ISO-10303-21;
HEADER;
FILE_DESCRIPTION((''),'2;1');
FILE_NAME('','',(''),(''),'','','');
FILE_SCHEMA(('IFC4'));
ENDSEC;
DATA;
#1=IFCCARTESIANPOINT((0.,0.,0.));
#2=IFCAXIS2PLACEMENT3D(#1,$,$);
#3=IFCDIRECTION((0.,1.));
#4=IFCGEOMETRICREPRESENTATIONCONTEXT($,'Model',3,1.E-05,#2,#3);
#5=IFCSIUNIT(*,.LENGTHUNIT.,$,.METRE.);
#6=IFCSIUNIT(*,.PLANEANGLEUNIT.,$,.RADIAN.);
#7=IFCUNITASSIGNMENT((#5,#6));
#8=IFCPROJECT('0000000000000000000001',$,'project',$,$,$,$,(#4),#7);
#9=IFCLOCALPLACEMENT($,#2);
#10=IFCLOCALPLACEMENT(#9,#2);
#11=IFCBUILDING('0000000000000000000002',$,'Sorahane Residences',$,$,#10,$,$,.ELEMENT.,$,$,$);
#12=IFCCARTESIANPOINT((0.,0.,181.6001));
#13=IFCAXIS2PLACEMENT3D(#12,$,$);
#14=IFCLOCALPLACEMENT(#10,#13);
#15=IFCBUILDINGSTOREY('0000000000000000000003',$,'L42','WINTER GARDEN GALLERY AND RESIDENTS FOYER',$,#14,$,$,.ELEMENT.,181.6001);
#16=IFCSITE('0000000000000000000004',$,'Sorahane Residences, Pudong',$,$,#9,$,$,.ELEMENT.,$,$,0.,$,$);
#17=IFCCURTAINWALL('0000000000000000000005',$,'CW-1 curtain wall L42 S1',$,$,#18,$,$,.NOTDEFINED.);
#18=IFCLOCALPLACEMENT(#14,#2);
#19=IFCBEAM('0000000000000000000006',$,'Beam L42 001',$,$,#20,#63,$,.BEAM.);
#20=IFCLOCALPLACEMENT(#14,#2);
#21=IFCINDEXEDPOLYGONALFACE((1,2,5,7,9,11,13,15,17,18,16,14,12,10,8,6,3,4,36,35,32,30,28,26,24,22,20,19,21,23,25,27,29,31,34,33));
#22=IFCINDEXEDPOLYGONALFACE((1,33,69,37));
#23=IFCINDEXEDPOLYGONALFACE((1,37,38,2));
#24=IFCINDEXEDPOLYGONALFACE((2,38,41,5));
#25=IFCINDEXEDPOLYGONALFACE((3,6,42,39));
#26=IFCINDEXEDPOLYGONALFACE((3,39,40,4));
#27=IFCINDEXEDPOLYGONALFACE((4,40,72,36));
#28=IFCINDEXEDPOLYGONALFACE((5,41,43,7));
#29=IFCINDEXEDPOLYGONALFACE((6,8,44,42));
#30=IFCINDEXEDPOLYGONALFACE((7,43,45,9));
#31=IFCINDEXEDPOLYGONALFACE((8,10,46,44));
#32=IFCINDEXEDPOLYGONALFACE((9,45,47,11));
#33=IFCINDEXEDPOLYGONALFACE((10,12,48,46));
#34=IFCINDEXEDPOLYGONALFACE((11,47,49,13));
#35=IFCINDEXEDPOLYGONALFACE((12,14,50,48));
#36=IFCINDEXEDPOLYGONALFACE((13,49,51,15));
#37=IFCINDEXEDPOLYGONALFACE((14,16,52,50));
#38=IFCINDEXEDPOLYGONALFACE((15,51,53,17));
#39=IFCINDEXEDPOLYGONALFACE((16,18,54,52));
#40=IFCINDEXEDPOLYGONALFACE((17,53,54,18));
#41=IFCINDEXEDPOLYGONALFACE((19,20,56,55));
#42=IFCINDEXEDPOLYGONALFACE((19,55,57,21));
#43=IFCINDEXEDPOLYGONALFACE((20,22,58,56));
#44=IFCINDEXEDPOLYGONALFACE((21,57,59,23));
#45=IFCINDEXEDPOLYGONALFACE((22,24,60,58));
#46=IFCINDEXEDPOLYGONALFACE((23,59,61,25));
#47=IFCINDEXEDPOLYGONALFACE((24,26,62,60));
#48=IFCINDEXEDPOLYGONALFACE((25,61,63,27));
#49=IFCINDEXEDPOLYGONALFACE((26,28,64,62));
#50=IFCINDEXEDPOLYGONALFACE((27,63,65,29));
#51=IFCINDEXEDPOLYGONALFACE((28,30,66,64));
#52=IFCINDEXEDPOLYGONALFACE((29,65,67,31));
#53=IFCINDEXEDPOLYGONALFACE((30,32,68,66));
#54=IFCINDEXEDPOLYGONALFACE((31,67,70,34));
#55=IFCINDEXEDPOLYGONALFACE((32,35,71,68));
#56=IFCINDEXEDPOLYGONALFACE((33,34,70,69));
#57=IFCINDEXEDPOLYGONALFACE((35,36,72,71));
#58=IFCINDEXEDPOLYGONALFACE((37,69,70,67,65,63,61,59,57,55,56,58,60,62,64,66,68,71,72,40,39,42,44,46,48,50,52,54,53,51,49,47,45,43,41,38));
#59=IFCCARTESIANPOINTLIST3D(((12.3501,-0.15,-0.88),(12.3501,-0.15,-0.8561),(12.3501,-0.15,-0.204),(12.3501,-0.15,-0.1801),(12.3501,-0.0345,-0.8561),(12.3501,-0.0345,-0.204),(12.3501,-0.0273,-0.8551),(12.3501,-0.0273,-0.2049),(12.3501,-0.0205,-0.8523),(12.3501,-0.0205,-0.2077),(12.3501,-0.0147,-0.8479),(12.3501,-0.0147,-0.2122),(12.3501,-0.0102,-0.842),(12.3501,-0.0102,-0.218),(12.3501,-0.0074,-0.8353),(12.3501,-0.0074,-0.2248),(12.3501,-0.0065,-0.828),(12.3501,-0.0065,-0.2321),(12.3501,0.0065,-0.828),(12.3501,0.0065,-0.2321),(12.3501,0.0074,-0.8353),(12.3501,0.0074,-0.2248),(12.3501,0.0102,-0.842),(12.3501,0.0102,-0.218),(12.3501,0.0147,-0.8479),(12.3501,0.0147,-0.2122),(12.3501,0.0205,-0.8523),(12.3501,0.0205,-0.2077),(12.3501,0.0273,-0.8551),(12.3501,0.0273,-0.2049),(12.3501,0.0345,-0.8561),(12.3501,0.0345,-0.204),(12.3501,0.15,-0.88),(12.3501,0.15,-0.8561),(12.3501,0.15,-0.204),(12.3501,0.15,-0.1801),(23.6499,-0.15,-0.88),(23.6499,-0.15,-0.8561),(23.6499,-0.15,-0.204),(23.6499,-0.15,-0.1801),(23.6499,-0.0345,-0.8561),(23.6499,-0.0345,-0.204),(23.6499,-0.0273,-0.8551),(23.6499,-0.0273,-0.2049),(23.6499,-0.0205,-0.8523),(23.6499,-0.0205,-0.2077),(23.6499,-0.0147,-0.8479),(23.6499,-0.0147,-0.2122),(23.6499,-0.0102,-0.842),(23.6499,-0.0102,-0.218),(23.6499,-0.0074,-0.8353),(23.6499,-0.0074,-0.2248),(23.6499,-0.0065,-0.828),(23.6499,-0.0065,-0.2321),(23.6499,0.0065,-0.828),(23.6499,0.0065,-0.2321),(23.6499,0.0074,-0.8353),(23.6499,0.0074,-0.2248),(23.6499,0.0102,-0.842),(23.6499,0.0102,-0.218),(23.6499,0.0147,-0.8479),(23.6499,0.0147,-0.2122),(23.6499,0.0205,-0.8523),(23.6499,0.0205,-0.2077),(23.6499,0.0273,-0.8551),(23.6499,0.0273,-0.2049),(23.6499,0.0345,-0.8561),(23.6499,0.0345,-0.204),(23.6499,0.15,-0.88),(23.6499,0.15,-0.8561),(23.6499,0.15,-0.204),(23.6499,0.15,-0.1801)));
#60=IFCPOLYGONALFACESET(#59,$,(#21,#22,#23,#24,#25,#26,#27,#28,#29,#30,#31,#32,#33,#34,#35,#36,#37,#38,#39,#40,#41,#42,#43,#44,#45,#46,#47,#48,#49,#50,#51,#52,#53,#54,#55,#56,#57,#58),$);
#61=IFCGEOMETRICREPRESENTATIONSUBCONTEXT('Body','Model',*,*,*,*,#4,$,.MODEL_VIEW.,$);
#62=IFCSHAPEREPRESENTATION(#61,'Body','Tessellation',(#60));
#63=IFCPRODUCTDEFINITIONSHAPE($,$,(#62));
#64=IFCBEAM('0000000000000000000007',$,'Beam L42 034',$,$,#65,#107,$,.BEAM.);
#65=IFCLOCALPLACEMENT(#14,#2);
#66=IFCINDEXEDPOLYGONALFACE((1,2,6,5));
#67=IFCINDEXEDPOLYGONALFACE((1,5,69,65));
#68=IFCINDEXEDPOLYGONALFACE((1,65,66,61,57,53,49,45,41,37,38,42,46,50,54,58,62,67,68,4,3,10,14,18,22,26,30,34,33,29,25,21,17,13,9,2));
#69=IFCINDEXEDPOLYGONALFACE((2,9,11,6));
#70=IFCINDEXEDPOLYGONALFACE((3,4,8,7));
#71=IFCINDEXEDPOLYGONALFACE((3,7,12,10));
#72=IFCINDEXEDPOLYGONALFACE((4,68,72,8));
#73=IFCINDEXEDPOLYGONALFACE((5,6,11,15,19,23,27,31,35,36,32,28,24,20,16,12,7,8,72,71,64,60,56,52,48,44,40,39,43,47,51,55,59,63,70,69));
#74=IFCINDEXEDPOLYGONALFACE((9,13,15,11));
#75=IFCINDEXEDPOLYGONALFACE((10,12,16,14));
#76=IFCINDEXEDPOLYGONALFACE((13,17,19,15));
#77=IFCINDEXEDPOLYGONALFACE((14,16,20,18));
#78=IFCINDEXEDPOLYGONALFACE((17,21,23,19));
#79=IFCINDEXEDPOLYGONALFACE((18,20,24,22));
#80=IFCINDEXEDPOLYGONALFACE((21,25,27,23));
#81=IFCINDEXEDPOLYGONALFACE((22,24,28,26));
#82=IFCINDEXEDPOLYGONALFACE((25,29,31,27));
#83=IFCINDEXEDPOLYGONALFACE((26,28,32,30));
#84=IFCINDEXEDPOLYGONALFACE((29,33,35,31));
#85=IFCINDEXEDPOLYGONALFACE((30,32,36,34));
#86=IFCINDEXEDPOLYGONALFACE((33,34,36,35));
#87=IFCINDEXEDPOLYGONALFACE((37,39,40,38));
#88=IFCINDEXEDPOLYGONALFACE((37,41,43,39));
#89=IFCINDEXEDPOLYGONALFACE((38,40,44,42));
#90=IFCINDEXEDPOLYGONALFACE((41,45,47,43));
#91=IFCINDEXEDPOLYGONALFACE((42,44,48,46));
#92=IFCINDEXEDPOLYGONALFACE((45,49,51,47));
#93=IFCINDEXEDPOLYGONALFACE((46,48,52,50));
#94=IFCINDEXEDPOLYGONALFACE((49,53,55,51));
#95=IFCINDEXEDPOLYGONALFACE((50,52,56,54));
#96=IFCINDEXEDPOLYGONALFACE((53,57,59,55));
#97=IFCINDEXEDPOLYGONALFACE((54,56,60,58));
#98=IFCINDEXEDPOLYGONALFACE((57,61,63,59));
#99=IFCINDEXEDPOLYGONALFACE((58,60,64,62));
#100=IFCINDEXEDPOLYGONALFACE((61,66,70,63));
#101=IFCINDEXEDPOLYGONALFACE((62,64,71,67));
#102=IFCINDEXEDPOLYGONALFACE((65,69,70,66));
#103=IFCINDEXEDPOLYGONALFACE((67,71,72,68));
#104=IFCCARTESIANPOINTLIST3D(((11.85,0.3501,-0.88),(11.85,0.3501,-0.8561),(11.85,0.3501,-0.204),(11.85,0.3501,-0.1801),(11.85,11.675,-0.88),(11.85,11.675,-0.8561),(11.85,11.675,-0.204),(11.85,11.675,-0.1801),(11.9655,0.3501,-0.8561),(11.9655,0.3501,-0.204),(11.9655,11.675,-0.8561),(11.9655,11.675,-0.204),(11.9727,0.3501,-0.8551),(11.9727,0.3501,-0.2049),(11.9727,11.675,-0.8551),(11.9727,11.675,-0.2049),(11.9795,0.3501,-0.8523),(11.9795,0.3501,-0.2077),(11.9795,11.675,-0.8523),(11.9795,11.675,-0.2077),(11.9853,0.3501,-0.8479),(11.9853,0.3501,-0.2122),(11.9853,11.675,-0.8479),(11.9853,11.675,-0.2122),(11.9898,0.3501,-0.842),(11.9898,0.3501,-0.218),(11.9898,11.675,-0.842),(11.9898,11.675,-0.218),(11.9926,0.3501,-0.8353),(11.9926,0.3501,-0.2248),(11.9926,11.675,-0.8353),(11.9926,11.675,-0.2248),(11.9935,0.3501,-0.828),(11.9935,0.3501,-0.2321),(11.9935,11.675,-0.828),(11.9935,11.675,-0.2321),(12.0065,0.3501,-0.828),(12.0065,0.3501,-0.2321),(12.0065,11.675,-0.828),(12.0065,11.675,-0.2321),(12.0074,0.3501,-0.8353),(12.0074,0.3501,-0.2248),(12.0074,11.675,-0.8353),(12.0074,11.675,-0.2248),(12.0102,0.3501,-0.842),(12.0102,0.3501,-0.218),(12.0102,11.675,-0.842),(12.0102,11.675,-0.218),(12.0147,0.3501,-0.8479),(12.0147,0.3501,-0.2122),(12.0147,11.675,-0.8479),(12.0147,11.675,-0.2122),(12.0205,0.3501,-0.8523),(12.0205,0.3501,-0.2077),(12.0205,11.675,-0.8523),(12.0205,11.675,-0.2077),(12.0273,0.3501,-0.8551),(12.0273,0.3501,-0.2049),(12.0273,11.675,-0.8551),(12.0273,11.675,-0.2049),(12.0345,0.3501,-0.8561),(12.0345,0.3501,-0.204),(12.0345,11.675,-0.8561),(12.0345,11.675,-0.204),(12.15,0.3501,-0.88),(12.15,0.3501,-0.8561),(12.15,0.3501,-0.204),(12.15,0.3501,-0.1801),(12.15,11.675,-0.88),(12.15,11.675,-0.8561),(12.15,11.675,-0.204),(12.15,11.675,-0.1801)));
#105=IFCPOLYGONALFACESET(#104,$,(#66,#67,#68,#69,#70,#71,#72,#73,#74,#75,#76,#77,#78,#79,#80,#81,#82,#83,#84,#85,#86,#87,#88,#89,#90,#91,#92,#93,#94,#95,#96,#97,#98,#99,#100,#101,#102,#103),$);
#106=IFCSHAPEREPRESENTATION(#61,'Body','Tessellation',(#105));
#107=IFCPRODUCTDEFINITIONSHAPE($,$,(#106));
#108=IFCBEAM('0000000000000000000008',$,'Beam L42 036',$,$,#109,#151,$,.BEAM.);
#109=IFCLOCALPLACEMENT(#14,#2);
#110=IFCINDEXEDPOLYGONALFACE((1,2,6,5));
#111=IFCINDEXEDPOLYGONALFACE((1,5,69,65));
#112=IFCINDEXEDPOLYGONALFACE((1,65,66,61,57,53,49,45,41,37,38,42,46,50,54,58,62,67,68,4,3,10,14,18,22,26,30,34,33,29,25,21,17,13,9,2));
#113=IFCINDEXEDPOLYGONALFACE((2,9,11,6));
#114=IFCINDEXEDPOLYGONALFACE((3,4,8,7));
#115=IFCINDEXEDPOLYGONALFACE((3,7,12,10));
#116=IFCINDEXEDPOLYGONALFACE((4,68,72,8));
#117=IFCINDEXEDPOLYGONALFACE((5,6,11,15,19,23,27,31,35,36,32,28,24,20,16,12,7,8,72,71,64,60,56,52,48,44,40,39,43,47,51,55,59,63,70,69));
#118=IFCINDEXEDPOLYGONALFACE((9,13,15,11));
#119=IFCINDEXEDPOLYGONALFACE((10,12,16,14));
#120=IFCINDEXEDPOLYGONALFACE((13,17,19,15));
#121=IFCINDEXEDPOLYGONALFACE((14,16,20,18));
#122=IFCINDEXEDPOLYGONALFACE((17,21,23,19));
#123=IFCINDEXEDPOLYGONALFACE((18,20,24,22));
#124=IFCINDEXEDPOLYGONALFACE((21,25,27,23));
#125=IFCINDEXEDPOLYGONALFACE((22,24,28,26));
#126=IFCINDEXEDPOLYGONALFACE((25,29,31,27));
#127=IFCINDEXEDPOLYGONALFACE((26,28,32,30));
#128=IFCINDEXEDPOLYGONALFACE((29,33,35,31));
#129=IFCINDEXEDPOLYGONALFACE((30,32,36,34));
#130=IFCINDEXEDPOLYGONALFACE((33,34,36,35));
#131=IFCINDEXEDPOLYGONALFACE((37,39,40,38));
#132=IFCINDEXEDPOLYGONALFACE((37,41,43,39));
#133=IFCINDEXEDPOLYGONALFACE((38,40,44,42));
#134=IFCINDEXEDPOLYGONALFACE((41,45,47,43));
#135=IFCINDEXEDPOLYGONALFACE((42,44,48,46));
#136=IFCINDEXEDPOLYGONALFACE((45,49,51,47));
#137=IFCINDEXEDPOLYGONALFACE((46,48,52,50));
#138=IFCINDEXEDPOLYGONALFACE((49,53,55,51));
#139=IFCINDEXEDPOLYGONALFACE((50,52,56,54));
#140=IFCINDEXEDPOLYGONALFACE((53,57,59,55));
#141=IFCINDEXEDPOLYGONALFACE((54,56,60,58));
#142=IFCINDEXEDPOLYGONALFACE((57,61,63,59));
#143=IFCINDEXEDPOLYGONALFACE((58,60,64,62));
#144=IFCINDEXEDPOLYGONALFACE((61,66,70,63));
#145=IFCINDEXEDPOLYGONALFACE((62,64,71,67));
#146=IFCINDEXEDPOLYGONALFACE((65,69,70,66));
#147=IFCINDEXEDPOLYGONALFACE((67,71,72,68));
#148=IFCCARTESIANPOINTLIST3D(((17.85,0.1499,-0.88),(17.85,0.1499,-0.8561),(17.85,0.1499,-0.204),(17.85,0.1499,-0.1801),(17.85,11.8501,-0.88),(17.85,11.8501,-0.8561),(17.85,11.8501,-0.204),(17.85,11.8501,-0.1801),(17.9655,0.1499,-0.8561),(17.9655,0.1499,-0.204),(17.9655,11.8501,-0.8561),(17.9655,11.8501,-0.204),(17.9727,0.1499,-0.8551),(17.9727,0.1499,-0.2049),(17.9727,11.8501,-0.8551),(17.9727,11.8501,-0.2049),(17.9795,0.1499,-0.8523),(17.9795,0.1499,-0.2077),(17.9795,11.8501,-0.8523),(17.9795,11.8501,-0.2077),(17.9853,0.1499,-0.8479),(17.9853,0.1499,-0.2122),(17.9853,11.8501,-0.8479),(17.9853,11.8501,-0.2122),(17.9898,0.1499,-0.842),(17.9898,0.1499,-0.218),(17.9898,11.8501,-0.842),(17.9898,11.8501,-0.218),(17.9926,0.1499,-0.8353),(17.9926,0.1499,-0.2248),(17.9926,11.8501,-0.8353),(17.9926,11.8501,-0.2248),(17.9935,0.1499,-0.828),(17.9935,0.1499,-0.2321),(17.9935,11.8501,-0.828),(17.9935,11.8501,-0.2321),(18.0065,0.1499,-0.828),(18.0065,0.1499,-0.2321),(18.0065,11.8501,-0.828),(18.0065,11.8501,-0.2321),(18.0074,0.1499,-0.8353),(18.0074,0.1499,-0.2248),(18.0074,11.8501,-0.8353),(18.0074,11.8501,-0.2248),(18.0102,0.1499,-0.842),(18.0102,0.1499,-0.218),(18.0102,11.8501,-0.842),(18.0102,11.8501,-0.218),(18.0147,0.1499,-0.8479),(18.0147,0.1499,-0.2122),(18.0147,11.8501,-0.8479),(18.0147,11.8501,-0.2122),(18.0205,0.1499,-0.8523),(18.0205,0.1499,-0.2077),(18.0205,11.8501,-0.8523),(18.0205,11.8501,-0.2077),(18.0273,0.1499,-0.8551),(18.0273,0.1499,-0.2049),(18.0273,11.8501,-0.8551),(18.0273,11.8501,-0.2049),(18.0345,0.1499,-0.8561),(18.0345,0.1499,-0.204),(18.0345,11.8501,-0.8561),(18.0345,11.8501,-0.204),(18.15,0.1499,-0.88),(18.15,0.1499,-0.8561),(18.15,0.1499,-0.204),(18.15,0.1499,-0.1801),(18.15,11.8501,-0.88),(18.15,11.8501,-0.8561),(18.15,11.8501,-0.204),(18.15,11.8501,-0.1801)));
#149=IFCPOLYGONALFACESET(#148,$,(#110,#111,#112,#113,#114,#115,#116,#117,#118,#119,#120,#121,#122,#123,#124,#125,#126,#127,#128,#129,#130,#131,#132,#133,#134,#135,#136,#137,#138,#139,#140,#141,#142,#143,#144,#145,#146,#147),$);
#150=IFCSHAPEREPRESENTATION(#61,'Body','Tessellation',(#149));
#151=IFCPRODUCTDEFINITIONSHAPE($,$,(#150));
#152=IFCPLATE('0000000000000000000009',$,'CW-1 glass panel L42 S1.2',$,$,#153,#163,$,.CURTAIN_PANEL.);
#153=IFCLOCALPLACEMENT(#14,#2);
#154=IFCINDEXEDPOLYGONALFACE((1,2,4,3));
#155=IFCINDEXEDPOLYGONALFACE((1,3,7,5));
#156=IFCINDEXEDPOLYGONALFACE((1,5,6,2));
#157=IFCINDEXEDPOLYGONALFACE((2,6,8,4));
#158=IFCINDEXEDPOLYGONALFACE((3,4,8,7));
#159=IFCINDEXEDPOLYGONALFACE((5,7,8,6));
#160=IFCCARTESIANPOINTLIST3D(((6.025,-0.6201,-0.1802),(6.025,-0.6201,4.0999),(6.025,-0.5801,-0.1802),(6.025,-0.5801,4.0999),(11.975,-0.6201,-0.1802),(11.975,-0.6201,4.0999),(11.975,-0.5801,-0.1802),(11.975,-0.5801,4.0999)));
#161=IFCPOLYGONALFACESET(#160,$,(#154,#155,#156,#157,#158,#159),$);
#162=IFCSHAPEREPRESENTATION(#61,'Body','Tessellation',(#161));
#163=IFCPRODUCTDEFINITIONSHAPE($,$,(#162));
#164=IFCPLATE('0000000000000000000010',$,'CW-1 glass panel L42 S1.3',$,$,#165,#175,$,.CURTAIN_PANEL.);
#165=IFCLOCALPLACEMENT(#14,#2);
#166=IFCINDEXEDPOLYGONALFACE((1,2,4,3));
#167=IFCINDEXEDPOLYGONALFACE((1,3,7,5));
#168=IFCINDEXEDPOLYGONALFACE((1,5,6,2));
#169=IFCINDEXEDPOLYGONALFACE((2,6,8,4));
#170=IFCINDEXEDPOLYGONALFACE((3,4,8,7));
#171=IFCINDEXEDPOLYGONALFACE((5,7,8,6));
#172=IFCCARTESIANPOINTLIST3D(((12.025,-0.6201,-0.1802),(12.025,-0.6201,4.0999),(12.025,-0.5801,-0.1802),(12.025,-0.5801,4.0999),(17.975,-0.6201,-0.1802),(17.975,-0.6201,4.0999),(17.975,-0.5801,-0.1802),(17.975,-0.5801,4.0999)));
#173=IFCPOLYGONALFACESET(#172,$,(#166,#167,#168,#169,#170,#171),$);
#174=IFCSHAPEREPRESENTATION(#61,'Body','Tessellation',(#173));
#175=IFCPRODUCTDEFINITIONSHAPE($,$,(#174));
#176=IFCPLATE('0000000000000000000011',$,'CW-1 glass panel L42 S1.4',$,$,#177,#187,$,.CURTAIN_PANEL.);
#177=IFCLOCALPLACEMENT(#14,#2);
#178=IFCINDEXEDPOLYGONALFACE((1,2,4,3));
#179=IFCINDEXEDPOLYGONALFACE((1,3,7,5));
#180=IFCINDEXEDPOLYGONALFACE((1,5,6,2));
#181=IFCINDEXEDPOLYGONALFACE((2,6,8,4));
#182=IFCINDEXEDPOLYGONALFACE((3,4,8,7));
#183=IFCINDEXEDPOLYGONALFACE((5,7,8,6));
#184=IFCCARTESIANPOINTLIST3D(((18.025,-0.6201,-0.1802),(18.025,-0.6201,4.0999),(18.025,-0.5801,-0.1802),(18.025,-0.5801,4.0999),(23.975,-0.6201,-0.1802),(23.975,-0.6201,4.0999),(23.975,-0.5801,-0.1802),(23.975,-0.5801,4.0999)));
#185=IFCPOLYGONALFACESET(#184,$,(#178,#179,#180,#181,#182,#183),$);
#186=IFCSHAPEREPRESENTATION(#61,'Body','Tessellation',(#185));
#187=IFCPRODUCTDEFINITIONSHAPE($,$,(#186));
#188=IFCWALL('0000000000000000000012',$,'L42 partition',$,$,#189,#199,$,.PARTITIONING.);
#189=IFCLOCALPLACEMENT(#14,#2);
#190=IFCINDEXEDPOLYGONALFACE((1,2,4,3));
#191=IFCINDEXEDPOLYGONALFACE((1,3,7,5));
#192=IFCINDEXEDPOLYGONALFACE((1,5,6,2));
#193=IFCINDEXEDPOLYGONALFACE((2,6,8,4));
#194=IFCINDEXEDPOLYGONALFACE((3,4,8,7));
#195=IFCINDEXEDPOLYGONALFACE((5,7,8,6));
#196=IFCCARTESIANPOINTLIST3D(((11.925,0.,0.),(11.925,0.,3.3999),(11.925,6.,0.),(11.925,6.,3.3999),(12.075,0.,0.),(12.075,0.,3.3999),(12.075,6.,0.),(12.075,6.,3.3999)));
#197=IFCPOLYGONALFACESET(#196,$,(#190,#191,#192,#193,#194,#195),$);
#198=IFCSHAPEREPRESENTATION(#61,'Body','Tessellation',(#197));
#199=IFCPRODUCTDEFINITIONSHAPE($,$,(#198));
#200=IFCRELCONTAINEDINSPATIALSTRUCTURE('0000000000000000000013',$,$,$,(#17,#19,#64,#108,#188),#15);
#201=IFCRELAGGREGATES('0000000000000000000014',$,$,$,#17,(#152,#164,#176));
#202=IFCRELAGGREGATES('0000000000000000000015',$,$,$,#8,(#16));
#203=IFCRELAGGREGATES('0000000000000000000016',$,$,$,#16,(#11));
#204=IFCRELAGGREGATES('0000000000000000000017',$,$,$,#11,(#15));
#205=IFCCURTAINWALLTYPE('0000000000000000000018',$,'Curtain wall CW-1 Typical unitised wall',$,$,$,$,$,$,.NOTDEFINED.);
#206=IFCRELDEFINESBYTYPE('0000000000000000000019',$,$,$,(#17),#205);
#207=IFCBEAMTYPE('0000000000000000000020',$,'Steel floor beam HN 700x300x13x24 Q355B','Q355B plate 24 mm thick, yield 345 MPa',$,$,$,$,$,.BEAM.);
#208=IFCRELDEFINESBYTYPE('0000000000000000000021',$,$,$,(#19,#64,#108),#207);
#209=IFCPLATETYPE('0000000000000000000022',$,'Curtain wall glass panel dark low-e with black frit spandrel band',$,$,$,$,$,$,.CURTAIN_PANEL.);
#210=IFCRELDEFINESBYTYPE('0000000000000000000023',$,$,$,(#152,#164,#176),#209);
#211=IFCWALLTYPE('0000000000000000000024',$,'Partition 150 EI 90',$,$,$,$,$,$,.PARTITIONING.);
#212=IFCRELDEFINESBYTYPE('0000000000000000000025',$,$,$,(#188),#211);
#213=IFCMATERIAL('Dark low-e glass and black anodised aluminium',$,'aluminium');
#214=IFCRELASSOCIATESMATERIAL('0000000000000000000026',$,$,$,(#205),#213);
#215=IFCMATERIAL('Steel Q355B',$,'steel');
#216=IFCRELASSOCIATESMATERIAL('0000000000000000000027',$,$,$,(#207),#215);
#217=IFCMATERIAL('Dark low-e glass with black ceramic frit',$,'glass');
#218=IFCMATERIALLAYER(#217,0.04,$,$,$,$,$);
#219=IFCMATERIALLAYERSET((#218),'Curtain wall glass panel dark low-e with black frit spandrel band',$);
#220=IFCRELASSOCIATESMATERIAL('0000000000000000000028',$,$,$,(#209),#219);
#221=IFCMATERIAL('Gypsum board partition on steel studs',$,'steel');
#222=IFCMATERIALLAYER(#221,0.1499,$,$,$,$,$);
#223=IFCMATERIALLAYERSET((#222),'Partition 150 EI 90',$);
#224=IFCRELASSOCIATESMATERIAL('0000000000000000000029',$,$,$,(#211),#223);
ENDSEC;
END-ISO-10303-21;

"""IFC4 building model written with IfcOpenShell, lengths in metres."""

from ifc_helpers import new_model, si_unit, direction, frame, frame_2d, origin, origin_2d, place, context, subcontext, project, spatial, rectangle, i_section, extrude, material, layer, layer_set, material_profile, profile_set, type_object, element, aggregate, save


model = new_model("IFC4")

# Units and contexts
model_context = context("Model", 3, precision=1e-05, world=origin(), true_north=direction((0.0, 1.0)))
body_context = subcontext(model_context, "Body", "Model", "MODEL_VIEW")
ifc_project = project(units=[si_unit("LENGTHUNIT", "METRE"), si_unit("PLANEANGLEUNIT", "RADIAN")], contexts=[model_context])

# Site, building, storey
site_placement = place(None, origin())
site = spatial("IfcSite", under=ifc_project, at=site_placement, Name="Sorahane Residences, Pudong", CompositionType="ELEMENT", RefElevation=0.0)
building_placement = place(site_placement, origin())
building = spatial("IfcBuilding", under=site, at=building_placement, Name="Sorahane Residences", CompositionType="ELEMENT")
storey_placement = place(building_placement, frame((0.0, 0.0, 181.6001)))
storey = spatial("IfcBuildingStorey", under=building, at=storey_placement, Name="L42", Description="WINTER GARDEN GALLERY AND RESIDENTS FOYER", CompositionType="ELEMENT", Elevation=181.6001)

# Curtain wall
ifc_material_1 = material(Name="Dark low-e glass and black anodised aluminium", Category="aluminium")
curtain_wall_type = type_object("IfcCurtainWallType", Name="Curtain wall CW-1 Typical unitised wall", PredefinedType="NOTDEFINED", material=ifc_material_1)
curtain_wall_placement = place(storey_placement, origin())
curtain_wall = element("IfcCurtainWall", 1, at=curtain_wall_placement, inside=storey, type_object=curtain_wall_type, Name="CW-1 curtain wall L42 S1", PredefinedType="NOTDEFINED")

# Beams
ifc_material_2 = material(Name="Steel Q355B", Category="steel")
ifc_material_profile_1 = material_profile(ifc_material_2, i_section(OverallWidth=0.3, OverallDepth=0.7, WebThickness=0.0129, FlangeThickness=0.0239, FilletRadius=0.0281, at=origin_2d()), Name="HN 700x300x13x24")
ifc_profile_set_1 = profile_set([ifc_material_profile_1], Name="Steel Q355B")
beam_type_1 = type_object("IfcBeamType", Name="Steel floor beam HN 700x300x13x24 Q355B", Description="Q355B plate 24 mm thick, yield 345 MPa", PredefinedType="BEAM", material=ifc_profile_set_1)
beam_1_placement = place(storey_placement, frame((12.3501, 0.0, -0.53), z_axis=(1.0, 0.0, 0.0), x_axis=(0.0, 1.0, 0.0)))
element("IfcBeam", 2, at=beam_1_placement, inside=storey, type_object=beam_type_1, Name="Beam L42 001", PredefinedType="BEAM", context=body_context, shape_type="SweptSolid", body=[
    extrude(i_section(OverallWidth=0.3, OverallDepth=0.7, WebThickness=0.0129, FlangeThickness=0.0239, FilletRadius=0.0281, at=origin_2d()), origin(), (0.0, 0.0, 1.0), 11.2998),
])
beam_2_placement = place(storey_placement, frame((12.0, 0.3501, -0.53), z_axis=(0.0, 1.0, 0.0), x_axis=(-1.0, 0.0, 0.0)))
element("IfcBeam", 3, at=beam_2_placement, inside=storey, type_object=beam_type_1, Name="Beam L42 034", PredefinedType="BEAM", context=body_context, shape_type="SweptSolid", body=[
    extrude(i_section(OverallWidth=0.3, OverallDepth=0.7, WebThickness=0.0129, FlangeThickness=0.0239, FilletRadius=0.0281, at=origin_2d()), origin(), (0.0, 0.0, 1.0), 11.325),
])
beam_3_placement = place(storey_placement, frame((18.0, 0.1499, -0.53), z_axis=(0.0, 1.0, 0.0), x_axis=(-1.0, 0.0, 0.0)))
element("IfcBeam", 4, at=beam_3_placement, inside=storey, type_object=beam_type_1, Name="Beam L42 036", PredefinedType="BEAM", context=body_context, shape_type="SweptSolid", body=[
    extrude(i_section(OverallWidth=0.3, OverallDepth=0.7, WebThickness=0.0129, FlangeThickness=0.0239, FilletRadius=0.0281, at=origin_2d()), origin(), (0.0, 0.0, 1.0), 11.7002),
])

# Plates
ifc_material_3 = material(Name="Dark low-e glass with black ceramic frit", Category="glass")
ifc_layer_1 = layer(ifc_material_3, 0.04)
ifc_layer_set_1 = layer_set([ifc_layer_1], Name="Curtain wall glass panel dark low-e with black frit spandrel band")
plate_type = type_object("IfcPlateType", Name="Curtain wall glass panel dark low-e with black frit spandrel band", PredefinedType="CURTAIN_PANEL", material=ifc_layer_set_1)
plate_1_placement = place(storey_placement, frame((9.0, -0.6001, -0.1802), z_axis=(0.0, 0.0, 1.0), x_axis=(1.0, 0.0, 0.0)))
plate_1 = element("IfcPlate", 5, at=plate_1_placement, type_object=plate_type, Name="CW-1 glass panel L42 S1.2", PredefinedType="CURTAIN_PANEL", context=body_context, shape_type="SweptSolid", body=[
    extrude(rectangle(XDim=5.95, YDim=0.04, at=origin_2d()), origin(), (0.0, 0.0, 1.0), 4.28),
])
plate_2_placement = place(storey_placement, frame((15.0, -0.6001, -0.1802), z_axis=(0.0, 0.0, 1.0), x_axis=(1.0, 0.0, 0.0)))
plate_2 = element("IfcPlate", 6, at=plate_2_placement, type_object=plate_type, Name="CW-1 glass panel L42 S1.3", PredefinedType="CURTAIN_PANEL", context=body_context, shape_type="SweptSolid", body=[
    extrude(rectangle(XDim=5.95, YDim=0.04, at=origin_2d()), origin(), (0.0, 0.0, 1.0), 4.28),
])
plate_3_placement = place(storey_placement, frame((21.0, -0.6001, -0.1802), z_axis=(0.0, 0.0, 1.0), x_axis=(1.0, 0.0, 0.0)))
plate_3 = element("IfcPlate", 7, at=plate_3_placement, type_object=plate_type, Name="CW-1 glass panel L42 S1.4", PredefinedType="CURTAIN_PANEL", context=body_context, shape_type="SweptSolid", body=[
    extrude(rectangle(XDim=5.95, YDim=0.04, at=origin_2d()), origin(), (0.0, 0.0, 1.0), 4.28),
])
aggregate(curtain_wall, [plate_1, plate_2, plate_3])

# Wall
ifc_material_4 = material(Name="Gypsum board partition on steel studs", Category="steel")
ifc_layer_2 = layer(ifc_material_4, 0.1499)
ifc_layer_set_2 = layer_set([ifc_layer_2], Name="Partition 150 EI 90")
wall_type_1 = type_object("IfcWallType", Name="Partition 150 EI 90", PredefinedType="PARTITIONING", material=ifc_layer_set_2)
wall_1_placement = place(storey_placement, frame((12.0, 0.0, 0.0), z_axis=(0.0, 0.0, 1.0), x_axis=(0.0, 1.0, 0.0)))
element("IfcWall", 8, at=wall_1_placement, inside=storey, type_object=wall_type_1, Name="L42 partition", PredefinedType="PARTITIONING", context=body_context, shape_type="SweptSolid", body=[
    extrude(rectangle(XDim=6.0, YDim=0.1499, at=frame_2d((3.0, 0.0))), origin(), (0.0, 0.0, 1.0), 3.3999),
])

save(model, "model.ifc")
